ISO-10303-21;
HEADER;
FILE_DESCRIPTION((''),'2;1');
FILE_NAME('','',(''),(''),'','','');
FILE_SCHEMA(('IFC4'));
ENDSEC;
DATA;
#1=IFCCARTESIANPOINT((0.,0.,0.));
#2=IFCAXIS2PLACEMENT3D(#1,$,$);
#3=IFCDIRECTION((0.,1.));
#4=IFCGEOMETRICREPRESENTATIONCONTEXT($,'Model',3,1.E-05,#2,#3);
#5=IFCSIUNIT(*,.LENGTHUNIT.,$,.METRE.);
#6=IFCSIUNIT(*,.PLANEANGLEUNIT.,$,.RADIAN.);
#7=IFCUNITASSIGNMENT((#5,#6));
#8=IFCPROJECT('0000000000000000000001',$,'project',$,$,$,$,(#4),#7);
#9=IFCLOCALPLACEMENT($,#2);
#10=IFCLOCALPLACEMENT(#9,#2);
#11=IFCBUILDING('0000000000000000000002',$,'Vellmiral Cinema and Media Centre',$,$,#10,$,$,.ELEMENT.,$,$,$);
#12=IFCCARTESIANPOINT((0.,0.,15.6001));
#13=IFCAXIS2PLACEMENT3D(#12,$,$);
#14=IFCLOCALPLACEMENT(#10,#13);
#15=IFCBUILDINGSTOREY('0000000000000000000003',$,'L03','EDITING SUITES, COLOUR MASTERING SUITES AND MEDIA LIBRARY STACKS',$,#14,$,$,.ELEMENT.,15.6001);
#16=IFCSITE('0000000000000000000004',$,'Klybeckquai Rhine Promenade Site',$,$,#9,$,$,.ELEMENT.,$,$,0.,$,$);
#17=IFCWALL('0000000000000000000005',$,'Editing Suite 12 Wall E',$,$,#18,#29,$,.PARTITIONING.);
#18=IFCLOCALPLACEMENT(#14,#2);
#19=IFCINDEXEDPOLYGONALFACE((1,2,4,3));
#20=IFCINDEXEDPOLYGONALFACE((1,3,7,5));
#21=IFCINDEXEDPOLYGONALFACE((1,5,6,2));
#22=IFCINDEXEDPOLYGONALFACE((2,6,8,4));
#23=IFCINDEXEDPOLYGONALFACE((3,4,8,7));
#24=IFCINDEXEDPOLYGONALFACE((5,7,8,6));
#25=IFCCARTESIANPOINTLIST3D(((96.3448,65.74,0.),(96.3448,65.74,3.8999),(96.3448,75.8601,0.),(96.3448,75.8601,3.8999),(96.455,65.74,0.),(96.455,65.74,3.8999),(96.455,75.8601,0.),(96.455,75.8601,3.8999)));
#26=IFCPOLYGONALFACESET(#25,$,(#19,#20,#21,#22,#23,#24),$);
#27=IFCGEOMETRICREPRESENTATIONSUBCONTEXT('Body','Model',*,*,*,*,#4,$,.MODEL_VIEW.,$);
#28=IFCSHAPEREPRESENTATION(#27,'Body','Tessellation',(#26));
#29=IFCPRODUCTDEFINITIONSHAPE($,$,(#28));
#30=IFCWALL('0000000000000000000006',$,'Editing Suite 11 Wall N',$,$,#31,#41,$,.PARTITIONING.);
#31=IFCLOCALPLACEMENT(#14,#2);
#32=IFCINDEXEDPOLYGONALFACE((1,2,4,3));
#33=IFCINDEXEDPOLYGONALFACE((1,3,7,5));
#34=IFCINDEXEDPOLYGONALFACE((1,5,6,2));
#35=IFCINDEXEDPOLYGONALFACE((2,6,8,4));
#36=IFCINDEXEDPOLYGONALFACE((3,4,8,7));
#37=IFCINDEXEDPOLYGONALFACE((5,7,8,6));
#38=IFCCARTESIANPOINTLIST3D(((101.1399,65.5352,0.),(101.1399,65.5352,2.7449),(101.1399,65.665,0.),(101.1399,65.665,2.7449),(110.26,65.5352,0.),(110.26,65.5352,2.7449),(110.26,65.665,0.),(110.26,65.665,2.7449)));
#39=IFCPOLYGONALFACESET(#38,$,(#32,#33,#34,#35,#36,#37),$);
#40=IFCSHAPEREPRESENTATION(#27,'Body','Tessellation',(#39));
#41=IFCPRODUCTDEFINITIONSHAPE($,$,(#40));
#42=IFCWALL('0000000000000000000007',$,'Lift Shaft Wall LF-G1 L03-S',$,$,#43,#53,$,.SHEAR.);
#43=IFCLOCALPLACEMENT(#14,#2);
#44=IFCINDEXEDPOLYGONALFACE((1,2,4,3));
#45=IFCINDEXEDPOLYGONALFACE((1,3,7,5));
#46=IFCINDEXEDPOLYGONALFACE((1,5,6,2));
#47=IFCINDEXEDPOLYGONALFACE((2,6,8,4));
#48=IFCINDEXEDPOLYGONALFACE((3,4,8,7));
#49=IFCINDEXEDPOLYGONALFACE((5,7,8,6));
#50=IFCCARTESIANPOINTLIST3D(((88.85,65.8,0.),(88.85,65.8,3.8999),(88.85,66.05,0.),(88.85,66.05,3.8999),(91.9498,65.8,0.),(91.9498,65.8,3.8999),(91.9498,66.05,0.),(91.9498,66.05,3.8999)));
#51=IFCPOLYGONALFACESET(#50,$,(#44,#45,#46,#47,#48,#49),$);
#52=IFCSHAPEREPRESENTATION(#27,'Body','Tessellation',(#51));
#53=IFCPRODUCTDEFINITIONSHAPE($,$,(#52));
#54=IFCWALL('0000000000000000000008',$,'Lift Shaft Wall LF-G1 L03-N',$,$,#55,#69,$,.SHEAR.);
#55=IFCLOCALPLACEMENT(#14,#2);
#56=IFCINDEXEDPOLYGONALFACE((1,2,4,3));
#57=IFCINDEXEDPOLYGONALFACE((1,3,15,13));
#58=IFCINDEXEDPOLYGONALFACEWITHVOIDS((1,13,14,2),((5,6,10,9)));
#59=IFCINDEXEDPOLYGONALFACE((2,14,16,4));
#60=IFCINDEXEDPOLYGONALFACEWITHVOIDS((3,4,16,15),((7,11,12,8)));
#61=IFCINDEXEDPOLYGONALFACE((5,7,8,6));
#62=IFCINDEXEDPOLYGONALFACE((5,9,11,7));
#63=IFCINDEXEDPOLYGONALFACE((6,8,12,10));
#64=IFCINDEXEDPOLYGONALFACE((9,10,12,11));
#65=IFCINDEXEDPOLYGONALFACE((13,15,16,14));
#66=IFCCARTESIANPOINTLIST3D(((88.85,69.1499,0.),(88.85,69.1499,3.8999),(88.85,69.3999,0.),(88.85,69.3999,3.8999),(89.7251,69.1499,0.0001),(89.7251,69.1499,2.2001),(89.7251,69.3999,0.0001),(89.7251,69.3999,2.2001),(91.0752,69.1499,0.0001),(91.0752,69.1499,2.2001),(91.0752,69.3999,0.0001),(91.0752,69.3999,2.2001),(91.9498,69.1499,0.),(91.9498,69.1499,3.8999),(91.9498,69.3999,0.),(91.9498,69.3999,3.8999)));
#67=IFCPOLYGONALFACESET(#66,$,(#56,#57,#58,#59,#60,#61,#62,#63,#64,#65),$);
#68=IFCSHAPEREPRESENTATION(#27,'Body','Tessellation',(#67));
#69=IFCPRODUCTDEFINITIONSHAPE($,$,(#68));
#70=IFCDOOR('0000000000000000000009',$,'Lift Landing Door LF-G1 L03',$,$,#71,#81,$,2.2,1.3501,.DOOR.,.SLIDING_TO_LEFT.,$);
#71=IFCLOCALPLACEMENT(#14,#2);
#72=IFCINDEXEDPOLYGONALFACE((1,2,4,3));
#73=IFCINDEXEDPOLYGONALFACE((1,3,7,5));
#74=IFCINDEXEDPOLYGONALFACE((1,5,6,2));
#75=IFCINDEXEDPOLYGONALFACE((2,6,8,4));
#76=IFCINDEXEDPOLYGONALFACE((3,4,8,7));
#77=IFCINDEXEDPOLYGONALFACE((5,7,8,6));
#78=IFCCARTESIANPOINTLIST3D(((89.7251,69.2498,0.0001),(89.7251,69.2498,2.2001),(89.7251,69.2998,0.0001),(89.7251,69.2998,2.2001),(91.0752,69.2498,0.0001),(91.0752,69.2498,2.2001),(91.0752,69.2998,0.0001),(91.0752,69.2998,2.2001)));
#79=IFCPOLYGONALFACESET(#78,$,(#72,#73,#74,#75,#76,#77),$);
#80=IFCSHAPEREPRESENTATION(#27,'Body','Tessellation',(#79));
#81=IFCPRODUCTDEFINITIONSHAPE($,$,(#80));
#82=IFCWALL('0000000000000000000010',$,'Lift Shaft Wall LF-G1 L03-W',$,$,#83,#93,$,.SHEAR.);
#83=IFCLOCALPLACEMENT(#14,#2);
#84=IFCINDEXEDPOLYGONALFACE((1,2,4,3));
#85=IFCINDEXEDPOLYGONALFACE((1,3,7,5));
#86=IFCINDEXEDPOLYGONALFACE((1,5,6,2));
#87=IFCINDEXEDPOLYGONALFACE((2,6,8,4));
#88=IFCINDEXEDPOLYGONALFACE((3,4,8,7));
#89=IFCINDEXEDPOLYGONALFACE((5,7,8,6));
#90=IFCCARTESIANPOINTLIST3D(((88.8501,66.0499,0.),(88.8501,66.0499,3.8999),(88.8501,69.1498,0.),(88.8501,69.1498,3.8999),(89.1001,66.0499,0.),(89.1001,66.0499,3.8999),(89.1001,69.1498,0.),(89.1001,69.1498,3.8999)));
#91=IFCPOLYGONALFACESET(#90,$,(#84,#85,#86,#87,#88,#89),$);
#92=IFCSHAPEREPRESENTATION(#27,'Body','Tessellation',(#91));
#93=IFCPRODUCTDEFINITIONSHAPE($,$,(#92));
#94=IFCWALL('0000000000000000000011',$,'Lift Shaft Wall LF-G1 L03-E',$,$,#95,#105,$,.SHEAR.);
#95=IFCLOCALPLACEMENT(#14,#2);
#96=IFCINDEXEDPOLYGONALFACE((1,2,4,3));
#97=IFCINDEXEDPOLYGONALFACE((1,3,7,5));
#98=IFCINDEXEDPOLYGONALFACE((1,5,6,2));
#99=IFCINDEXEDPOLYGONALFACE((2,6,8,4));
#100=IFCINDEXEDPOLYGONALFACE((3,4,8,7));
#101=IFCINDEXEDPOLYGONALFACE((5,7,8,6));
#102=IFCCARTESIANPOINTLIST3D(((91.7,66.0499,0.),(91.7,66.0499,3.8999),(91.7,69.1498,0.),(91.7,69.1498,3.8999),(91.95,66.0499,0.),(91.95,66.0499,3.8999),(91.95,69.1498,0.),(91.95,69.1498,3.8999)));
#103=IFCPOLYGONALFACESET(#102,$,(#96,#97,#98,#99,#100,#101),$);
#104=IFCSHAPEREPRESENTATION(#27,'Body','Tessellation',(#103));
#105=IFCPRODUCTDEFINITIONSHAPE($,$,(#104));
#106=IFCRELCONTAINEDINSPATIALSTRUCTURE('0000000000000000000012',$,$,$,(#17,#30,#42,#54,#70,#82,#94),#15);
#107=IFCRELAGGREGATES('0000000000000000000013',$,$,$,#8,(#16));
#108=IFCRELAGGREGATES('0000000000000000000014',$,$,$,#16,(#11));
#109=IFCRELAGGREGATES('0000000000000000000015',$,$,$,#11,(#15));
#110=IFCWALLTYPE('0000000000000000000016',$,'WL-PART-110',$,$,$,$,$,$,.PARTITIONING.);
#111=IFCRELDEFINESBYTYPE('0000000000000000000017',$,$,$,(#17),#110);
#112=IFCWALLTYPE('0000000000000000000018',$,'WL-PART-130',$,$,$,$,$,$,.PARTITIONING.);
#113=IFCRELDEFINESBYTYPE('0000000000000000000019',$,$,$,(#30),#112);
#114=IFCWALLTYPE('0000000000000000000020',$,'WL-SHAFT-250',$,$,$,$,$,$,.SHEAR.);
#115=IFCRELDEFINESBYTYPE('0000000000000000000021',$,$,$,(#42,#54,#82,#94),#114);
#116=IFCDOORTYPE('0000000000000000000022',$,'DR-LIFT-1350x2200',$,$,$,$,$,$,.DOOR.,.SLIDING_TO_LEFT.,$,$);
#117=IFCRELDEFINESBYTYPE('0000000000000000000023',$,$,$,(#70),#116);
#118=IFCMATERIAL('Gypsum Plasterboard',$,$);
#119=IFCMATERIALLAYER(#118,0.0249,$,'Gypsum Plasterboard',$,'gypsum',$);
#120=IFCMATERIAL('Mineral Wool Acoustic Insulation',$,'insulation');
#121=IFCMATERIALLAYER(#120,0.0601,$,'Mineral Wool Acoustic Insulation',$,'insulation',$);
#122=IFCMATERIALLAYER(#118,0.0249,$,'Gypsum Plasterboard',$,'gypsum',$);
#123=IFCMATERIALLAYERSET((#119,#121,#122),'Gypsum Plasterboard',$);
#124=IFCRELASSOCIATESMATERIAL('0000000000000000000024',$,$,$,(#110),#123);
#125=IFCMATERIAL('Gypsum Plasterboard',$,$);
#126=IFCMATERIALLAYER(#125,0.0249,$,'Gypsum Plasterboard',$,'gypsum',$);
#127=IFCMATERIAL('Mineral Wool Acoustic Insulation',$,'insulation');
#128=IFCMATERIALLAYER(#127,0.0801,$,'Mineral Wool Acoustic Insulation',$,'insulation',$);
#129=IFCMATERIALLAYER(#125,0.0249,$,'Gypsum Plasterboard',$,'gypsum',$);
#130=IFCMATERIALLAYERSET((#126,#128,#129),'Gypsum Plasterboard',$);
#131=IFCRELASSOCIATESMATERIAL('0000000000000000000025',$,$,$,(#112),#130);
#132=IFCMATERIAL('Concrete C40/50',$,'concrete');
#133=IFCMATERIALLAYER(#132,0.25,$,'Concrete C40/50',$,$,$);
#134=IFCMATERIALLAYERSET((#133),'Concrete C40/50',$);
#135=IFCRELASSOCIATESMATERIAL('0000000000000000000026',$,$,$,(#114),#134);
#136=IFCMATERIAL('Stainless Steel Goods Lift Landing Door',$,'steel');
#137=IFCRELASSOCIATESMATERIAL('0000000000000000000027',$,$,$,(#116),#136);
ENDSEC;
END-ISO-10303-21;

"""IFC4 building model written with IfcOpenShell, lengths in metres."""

from ifc_helpers import new_model, si_unit, direction, frame, frame_2d, origin, place, context, subcontext, project, spatial, rectangle, extrude, material, layer, layer_set, type_object, element, fill, save


model = new_model("IFC4")

# Units and contexts
model_context = context("Model", 3, precision=1e-05, world=origin(), true_north=direction((0.0, 1.0)))
body_context = subcontext(model_context, "Body", "Model", "MODEL_VIEW")
ifc_project = project(units=[si_unit("LENGTHUNIT", "METRE"), si_unit("PLANEANGLEUNIT", "RADIAN")], contexts=[model_context])

# Site, building, storey
site_placement = place(None, origin())
site = spatial("IfcSite", under=ifc_project, at=site_placement, Name="Klybeckquai Rhine Promenade Site", CompositionType="ELEMENT", RefElevation=0.0)
building_placement = place(site_placement, origin())
building = spatial("IfcBuilding", under=site, at=building_placement, Name="Vellmiral Cinema and Media Centre", CompositionType="ELEMENT")
storey_placement = place(building_placement, frame((0.0, 0.0, 15.6001)))
storey = spatial("IfcBuildingStorey", under=building, at=storey_placement, Name="L03", Description="EDITING SUITES, COLOUR MASTERING SUITES AND MEDIA LIBRARY STACKS", CompositionType="ELEMENT", Elevation=15.6001)

# Walls
ifc_material_1 = material(Name="Gypsum Plasterboard")
ifc_layer_1 = layer(ifc_material_1, 0.0249, Name="Gypsum Plasterboard", Category="gypsum")
ifc_material_2 = material(Name="Mineral Wool Acoustic Insulation", Category="insulation")
ifc_layer_2 = layer(ifc_material_2, 0.0601, Name="Mineral Wool Acoustic Insulation", Category="insulation")
ifc_layer_3 = layer(ifc_material_1, 0.0249, Name="Gypsum Plasterboard", Category="gypsum")
ifc_layer_set_1 = layer_set([ifc_layer_1, ifc_layer_2, ifc_layer_3], Name="Gypsum Plasterboard")
wall_type_1 = type_object("IfcWallType", Name="WL-PART-110", PredefinedType="PARTITIONING", material=ifc_layer_set_1)
wall_1_placement = place(storey_placement, frame((96.3999, 65.74, 0.0), z_axis=(0.0, 0.0, 1.0), x_axis=(0.0, 1.0, 0.0)))
element("IfcWall", 1, at=wall_1_placement, inside=storey, type_object=wall_type_1, Name="Editing Suite 12 Wall E", PredefinedType="PARTITIONING", context=body_context, shape_type="SweptSolid", body=[
    extrude(rectangle(XDim=10.1201, YDim=0.1101, at=frame_2d((5.0601, 0.0))), origin(), (0.0, 0.0, 1.0), 3.8999),
])
ifc_material_3 = material(Name="Gypsum Plasterboard")
ifc_layer_4 = layer(ifc_material_3, 0.0249, Name="Gypsum Plasterboard", Category="gypsum")
ifc_material_4 = material(Name="Mineral Wool Acoustic Insulation", Category="insulation")
ifc_layer_5 = layer(ifc_material_4, 0.0801, Name="Mineral Wool Acoustic Insulation", Category="insulation")
ifc_layer_6 = layer(ifc_material_3, 0.0249, Name="Gypsum Plasterboard", Category="gypsum")
ifc_layer_set_2 = layer_set([ifc_layer_4, ifc_layer_5, ifc_layer_6], Name="Gypsum Plasterboard")
wall_type_2 = type_object("IfcWallType", Name="WL-PART-130", PredefinedType="PARTITIONING", material=ifc_layer_set_2)
wall_2_placement = place(storey_placement, frame((101.1399, 65.6001, 0.0), z_axis=(0.0, 0.0, 1.0), x_axis=(1.0, 0.0, 0.0)))
element("IfcWall", 2, at=wall_2_placement, inside=storey, type_object=wall_type_2, Name="Editing Suite 11 Wall N", PredefinedType="PARTITIONING", context=body_context, shape_type="SweptSolid", body=[
    extrude(rectangle(XDim=9.1201, YDim=0.1299, at=frame_2d((4.5601, 0.0))), origin(), (0.0, 0.0, 1.0), 2.7449),
])
ifc_material_5 = material(Name="Concrete C40/50", Category="concrete")
ifc_layer_7 = layer(ifc_material_5, 0.25, Name="Concrete C40/50")
ifc_layer_set_3 = layer_set([ifc_layer_7], Name="Concrete C40/50")
wall_type_3 = type_object("IfcWallType", Name="WL-SHAFT-250", PredefinedType="SHEAR", material=ifc_layer_set_3)
wall_3_placement = place(storey_placement, frame((88.8501, 65.925, 0.0), z_axis=(0.0, 0.0, 1.0), x_axis=(1.0, 0.0, 0.0)))
element("IfcWall", 3, at=wall_3_placement, inside=storey, type_object=wall_type_3, Name="Lift Shaft Wall LF-G1 L03-S", PredefinedType="SHEAR", context=body_context, shape_type="SweptSolid", body=[
    extrude(rectangle(XDim=3.0999, YDim=0.25, at=frame_2d((1.5498, 0.0))), origin(), (0.0, 0.0, 1.0), 3.8999),
])

# Wall, opening, door
wall_4_placement = place(storey_placement, frame((88.8501, 69.2749, 0.0), z_axis=(0.0, 0.0, 1.0), x_axis=(1.0, 0.0, 0.0)))
wall_4 = element("IfcWall", 4, at=wall_4_placement, inside=storey, type_object=wall_type_3, Name="Lift Shaft Wall LF-G1 L03-N", PredefinedType="SHEAR", context=body_context, shape_type="SweptSolid", body=[
    extrude(rectangle(XDim=3.0999, YDim=0.25, at=frame_2d((1.5498, 0.0))), origin(), (0.0, 0.0, 1.0), 3.8999),
])
opening_1_placement = place(wall_4_placement, frame((0.875, 0.0, 0.0)))
opening_1 = element("IfcOpeningElement", 5, at=opening_1_placement, cuts=wall_4, PredefinedType="OPENING", context=body_context, shape_type="SweptSolid", body=[
    extrude(rectangle(XDim=1.3501, YDim=2.2, at=frame_2d((0.675, 1.1001))), frame((0.0, 0.137, 0.0), z_axis=(0.0, -1.0, 0.0), x_axis=(1.0, 0.0, 0.0)), (0.0, 0.0, 1.0), 0.2739),
])
ifc_material_6 = material(Name="Stainless Steel Goods Lift Landing Door", Category="steel")
door_type_1 = type_object("IfcDoorType", Name="DR-LIFT-1350x2200", OperationType="SLIDING_TO_LEFT", PredefinedType="DOOR", material=ifc_material_6)
door_1_placement = place(opening_1_placement, origin())
door_1 = element("IfcDoor", 6, at=door_1_placement, inside=storey, type_object=door_type_1, Name="Lift Landing Door LF-G1 L03", OperationType="SLIDING_TO_LEFT", OverallHeight=2.2, OverallWidth=1.3501, PredefinedType="DOOR", context=body_context, shape_type="SweptSolid", body=[
    extrude(rectangle(XDim=1.3501, YDim=2.2, at=frame_2d((0.675, 1.1001))), frame((0.0, 0.0249, 0.0), z_axis=(0.0, -1.0, 0.0), x_axis=(1.0, 0.0, 0.0)), (0.0, 0.0, 1.0), 0.05),
])
fill(opening_1, door_1)

# Walls
for number, where, z_axis, x_axis, name in (
    (7, (88.9751, 66.05, 0.0), (0.0, 0.0, 1.0), (0.0, 1.0, 0.0), "Lift Shaft Wall LF-G1 L03-W"),
    (8, (91.825, 66.05, 0.0), (0.0, 0.0, 1.0), (0.0, 1.0, 0.0), "Lift Shaft Wall LF-G1 L03-E"),
):
    element("IfcWall", number, at=place(storey_placement, frame(where, z_axis=z_axis, x_axis=x_axis)), inside=storey, type_object=wall_type_3, Name=name, PredefinedType="SHEAR", context=body_context, shape_type="SweptSolid", body=[
        extrude(rectangle(XDim=3.0999, YDim=0.25, at=frame_2d((1.5498, 0.0))), origin(), (0.0, 0.0, 1.0), 3.8999),
    ])

save(model, "model.ifc")
